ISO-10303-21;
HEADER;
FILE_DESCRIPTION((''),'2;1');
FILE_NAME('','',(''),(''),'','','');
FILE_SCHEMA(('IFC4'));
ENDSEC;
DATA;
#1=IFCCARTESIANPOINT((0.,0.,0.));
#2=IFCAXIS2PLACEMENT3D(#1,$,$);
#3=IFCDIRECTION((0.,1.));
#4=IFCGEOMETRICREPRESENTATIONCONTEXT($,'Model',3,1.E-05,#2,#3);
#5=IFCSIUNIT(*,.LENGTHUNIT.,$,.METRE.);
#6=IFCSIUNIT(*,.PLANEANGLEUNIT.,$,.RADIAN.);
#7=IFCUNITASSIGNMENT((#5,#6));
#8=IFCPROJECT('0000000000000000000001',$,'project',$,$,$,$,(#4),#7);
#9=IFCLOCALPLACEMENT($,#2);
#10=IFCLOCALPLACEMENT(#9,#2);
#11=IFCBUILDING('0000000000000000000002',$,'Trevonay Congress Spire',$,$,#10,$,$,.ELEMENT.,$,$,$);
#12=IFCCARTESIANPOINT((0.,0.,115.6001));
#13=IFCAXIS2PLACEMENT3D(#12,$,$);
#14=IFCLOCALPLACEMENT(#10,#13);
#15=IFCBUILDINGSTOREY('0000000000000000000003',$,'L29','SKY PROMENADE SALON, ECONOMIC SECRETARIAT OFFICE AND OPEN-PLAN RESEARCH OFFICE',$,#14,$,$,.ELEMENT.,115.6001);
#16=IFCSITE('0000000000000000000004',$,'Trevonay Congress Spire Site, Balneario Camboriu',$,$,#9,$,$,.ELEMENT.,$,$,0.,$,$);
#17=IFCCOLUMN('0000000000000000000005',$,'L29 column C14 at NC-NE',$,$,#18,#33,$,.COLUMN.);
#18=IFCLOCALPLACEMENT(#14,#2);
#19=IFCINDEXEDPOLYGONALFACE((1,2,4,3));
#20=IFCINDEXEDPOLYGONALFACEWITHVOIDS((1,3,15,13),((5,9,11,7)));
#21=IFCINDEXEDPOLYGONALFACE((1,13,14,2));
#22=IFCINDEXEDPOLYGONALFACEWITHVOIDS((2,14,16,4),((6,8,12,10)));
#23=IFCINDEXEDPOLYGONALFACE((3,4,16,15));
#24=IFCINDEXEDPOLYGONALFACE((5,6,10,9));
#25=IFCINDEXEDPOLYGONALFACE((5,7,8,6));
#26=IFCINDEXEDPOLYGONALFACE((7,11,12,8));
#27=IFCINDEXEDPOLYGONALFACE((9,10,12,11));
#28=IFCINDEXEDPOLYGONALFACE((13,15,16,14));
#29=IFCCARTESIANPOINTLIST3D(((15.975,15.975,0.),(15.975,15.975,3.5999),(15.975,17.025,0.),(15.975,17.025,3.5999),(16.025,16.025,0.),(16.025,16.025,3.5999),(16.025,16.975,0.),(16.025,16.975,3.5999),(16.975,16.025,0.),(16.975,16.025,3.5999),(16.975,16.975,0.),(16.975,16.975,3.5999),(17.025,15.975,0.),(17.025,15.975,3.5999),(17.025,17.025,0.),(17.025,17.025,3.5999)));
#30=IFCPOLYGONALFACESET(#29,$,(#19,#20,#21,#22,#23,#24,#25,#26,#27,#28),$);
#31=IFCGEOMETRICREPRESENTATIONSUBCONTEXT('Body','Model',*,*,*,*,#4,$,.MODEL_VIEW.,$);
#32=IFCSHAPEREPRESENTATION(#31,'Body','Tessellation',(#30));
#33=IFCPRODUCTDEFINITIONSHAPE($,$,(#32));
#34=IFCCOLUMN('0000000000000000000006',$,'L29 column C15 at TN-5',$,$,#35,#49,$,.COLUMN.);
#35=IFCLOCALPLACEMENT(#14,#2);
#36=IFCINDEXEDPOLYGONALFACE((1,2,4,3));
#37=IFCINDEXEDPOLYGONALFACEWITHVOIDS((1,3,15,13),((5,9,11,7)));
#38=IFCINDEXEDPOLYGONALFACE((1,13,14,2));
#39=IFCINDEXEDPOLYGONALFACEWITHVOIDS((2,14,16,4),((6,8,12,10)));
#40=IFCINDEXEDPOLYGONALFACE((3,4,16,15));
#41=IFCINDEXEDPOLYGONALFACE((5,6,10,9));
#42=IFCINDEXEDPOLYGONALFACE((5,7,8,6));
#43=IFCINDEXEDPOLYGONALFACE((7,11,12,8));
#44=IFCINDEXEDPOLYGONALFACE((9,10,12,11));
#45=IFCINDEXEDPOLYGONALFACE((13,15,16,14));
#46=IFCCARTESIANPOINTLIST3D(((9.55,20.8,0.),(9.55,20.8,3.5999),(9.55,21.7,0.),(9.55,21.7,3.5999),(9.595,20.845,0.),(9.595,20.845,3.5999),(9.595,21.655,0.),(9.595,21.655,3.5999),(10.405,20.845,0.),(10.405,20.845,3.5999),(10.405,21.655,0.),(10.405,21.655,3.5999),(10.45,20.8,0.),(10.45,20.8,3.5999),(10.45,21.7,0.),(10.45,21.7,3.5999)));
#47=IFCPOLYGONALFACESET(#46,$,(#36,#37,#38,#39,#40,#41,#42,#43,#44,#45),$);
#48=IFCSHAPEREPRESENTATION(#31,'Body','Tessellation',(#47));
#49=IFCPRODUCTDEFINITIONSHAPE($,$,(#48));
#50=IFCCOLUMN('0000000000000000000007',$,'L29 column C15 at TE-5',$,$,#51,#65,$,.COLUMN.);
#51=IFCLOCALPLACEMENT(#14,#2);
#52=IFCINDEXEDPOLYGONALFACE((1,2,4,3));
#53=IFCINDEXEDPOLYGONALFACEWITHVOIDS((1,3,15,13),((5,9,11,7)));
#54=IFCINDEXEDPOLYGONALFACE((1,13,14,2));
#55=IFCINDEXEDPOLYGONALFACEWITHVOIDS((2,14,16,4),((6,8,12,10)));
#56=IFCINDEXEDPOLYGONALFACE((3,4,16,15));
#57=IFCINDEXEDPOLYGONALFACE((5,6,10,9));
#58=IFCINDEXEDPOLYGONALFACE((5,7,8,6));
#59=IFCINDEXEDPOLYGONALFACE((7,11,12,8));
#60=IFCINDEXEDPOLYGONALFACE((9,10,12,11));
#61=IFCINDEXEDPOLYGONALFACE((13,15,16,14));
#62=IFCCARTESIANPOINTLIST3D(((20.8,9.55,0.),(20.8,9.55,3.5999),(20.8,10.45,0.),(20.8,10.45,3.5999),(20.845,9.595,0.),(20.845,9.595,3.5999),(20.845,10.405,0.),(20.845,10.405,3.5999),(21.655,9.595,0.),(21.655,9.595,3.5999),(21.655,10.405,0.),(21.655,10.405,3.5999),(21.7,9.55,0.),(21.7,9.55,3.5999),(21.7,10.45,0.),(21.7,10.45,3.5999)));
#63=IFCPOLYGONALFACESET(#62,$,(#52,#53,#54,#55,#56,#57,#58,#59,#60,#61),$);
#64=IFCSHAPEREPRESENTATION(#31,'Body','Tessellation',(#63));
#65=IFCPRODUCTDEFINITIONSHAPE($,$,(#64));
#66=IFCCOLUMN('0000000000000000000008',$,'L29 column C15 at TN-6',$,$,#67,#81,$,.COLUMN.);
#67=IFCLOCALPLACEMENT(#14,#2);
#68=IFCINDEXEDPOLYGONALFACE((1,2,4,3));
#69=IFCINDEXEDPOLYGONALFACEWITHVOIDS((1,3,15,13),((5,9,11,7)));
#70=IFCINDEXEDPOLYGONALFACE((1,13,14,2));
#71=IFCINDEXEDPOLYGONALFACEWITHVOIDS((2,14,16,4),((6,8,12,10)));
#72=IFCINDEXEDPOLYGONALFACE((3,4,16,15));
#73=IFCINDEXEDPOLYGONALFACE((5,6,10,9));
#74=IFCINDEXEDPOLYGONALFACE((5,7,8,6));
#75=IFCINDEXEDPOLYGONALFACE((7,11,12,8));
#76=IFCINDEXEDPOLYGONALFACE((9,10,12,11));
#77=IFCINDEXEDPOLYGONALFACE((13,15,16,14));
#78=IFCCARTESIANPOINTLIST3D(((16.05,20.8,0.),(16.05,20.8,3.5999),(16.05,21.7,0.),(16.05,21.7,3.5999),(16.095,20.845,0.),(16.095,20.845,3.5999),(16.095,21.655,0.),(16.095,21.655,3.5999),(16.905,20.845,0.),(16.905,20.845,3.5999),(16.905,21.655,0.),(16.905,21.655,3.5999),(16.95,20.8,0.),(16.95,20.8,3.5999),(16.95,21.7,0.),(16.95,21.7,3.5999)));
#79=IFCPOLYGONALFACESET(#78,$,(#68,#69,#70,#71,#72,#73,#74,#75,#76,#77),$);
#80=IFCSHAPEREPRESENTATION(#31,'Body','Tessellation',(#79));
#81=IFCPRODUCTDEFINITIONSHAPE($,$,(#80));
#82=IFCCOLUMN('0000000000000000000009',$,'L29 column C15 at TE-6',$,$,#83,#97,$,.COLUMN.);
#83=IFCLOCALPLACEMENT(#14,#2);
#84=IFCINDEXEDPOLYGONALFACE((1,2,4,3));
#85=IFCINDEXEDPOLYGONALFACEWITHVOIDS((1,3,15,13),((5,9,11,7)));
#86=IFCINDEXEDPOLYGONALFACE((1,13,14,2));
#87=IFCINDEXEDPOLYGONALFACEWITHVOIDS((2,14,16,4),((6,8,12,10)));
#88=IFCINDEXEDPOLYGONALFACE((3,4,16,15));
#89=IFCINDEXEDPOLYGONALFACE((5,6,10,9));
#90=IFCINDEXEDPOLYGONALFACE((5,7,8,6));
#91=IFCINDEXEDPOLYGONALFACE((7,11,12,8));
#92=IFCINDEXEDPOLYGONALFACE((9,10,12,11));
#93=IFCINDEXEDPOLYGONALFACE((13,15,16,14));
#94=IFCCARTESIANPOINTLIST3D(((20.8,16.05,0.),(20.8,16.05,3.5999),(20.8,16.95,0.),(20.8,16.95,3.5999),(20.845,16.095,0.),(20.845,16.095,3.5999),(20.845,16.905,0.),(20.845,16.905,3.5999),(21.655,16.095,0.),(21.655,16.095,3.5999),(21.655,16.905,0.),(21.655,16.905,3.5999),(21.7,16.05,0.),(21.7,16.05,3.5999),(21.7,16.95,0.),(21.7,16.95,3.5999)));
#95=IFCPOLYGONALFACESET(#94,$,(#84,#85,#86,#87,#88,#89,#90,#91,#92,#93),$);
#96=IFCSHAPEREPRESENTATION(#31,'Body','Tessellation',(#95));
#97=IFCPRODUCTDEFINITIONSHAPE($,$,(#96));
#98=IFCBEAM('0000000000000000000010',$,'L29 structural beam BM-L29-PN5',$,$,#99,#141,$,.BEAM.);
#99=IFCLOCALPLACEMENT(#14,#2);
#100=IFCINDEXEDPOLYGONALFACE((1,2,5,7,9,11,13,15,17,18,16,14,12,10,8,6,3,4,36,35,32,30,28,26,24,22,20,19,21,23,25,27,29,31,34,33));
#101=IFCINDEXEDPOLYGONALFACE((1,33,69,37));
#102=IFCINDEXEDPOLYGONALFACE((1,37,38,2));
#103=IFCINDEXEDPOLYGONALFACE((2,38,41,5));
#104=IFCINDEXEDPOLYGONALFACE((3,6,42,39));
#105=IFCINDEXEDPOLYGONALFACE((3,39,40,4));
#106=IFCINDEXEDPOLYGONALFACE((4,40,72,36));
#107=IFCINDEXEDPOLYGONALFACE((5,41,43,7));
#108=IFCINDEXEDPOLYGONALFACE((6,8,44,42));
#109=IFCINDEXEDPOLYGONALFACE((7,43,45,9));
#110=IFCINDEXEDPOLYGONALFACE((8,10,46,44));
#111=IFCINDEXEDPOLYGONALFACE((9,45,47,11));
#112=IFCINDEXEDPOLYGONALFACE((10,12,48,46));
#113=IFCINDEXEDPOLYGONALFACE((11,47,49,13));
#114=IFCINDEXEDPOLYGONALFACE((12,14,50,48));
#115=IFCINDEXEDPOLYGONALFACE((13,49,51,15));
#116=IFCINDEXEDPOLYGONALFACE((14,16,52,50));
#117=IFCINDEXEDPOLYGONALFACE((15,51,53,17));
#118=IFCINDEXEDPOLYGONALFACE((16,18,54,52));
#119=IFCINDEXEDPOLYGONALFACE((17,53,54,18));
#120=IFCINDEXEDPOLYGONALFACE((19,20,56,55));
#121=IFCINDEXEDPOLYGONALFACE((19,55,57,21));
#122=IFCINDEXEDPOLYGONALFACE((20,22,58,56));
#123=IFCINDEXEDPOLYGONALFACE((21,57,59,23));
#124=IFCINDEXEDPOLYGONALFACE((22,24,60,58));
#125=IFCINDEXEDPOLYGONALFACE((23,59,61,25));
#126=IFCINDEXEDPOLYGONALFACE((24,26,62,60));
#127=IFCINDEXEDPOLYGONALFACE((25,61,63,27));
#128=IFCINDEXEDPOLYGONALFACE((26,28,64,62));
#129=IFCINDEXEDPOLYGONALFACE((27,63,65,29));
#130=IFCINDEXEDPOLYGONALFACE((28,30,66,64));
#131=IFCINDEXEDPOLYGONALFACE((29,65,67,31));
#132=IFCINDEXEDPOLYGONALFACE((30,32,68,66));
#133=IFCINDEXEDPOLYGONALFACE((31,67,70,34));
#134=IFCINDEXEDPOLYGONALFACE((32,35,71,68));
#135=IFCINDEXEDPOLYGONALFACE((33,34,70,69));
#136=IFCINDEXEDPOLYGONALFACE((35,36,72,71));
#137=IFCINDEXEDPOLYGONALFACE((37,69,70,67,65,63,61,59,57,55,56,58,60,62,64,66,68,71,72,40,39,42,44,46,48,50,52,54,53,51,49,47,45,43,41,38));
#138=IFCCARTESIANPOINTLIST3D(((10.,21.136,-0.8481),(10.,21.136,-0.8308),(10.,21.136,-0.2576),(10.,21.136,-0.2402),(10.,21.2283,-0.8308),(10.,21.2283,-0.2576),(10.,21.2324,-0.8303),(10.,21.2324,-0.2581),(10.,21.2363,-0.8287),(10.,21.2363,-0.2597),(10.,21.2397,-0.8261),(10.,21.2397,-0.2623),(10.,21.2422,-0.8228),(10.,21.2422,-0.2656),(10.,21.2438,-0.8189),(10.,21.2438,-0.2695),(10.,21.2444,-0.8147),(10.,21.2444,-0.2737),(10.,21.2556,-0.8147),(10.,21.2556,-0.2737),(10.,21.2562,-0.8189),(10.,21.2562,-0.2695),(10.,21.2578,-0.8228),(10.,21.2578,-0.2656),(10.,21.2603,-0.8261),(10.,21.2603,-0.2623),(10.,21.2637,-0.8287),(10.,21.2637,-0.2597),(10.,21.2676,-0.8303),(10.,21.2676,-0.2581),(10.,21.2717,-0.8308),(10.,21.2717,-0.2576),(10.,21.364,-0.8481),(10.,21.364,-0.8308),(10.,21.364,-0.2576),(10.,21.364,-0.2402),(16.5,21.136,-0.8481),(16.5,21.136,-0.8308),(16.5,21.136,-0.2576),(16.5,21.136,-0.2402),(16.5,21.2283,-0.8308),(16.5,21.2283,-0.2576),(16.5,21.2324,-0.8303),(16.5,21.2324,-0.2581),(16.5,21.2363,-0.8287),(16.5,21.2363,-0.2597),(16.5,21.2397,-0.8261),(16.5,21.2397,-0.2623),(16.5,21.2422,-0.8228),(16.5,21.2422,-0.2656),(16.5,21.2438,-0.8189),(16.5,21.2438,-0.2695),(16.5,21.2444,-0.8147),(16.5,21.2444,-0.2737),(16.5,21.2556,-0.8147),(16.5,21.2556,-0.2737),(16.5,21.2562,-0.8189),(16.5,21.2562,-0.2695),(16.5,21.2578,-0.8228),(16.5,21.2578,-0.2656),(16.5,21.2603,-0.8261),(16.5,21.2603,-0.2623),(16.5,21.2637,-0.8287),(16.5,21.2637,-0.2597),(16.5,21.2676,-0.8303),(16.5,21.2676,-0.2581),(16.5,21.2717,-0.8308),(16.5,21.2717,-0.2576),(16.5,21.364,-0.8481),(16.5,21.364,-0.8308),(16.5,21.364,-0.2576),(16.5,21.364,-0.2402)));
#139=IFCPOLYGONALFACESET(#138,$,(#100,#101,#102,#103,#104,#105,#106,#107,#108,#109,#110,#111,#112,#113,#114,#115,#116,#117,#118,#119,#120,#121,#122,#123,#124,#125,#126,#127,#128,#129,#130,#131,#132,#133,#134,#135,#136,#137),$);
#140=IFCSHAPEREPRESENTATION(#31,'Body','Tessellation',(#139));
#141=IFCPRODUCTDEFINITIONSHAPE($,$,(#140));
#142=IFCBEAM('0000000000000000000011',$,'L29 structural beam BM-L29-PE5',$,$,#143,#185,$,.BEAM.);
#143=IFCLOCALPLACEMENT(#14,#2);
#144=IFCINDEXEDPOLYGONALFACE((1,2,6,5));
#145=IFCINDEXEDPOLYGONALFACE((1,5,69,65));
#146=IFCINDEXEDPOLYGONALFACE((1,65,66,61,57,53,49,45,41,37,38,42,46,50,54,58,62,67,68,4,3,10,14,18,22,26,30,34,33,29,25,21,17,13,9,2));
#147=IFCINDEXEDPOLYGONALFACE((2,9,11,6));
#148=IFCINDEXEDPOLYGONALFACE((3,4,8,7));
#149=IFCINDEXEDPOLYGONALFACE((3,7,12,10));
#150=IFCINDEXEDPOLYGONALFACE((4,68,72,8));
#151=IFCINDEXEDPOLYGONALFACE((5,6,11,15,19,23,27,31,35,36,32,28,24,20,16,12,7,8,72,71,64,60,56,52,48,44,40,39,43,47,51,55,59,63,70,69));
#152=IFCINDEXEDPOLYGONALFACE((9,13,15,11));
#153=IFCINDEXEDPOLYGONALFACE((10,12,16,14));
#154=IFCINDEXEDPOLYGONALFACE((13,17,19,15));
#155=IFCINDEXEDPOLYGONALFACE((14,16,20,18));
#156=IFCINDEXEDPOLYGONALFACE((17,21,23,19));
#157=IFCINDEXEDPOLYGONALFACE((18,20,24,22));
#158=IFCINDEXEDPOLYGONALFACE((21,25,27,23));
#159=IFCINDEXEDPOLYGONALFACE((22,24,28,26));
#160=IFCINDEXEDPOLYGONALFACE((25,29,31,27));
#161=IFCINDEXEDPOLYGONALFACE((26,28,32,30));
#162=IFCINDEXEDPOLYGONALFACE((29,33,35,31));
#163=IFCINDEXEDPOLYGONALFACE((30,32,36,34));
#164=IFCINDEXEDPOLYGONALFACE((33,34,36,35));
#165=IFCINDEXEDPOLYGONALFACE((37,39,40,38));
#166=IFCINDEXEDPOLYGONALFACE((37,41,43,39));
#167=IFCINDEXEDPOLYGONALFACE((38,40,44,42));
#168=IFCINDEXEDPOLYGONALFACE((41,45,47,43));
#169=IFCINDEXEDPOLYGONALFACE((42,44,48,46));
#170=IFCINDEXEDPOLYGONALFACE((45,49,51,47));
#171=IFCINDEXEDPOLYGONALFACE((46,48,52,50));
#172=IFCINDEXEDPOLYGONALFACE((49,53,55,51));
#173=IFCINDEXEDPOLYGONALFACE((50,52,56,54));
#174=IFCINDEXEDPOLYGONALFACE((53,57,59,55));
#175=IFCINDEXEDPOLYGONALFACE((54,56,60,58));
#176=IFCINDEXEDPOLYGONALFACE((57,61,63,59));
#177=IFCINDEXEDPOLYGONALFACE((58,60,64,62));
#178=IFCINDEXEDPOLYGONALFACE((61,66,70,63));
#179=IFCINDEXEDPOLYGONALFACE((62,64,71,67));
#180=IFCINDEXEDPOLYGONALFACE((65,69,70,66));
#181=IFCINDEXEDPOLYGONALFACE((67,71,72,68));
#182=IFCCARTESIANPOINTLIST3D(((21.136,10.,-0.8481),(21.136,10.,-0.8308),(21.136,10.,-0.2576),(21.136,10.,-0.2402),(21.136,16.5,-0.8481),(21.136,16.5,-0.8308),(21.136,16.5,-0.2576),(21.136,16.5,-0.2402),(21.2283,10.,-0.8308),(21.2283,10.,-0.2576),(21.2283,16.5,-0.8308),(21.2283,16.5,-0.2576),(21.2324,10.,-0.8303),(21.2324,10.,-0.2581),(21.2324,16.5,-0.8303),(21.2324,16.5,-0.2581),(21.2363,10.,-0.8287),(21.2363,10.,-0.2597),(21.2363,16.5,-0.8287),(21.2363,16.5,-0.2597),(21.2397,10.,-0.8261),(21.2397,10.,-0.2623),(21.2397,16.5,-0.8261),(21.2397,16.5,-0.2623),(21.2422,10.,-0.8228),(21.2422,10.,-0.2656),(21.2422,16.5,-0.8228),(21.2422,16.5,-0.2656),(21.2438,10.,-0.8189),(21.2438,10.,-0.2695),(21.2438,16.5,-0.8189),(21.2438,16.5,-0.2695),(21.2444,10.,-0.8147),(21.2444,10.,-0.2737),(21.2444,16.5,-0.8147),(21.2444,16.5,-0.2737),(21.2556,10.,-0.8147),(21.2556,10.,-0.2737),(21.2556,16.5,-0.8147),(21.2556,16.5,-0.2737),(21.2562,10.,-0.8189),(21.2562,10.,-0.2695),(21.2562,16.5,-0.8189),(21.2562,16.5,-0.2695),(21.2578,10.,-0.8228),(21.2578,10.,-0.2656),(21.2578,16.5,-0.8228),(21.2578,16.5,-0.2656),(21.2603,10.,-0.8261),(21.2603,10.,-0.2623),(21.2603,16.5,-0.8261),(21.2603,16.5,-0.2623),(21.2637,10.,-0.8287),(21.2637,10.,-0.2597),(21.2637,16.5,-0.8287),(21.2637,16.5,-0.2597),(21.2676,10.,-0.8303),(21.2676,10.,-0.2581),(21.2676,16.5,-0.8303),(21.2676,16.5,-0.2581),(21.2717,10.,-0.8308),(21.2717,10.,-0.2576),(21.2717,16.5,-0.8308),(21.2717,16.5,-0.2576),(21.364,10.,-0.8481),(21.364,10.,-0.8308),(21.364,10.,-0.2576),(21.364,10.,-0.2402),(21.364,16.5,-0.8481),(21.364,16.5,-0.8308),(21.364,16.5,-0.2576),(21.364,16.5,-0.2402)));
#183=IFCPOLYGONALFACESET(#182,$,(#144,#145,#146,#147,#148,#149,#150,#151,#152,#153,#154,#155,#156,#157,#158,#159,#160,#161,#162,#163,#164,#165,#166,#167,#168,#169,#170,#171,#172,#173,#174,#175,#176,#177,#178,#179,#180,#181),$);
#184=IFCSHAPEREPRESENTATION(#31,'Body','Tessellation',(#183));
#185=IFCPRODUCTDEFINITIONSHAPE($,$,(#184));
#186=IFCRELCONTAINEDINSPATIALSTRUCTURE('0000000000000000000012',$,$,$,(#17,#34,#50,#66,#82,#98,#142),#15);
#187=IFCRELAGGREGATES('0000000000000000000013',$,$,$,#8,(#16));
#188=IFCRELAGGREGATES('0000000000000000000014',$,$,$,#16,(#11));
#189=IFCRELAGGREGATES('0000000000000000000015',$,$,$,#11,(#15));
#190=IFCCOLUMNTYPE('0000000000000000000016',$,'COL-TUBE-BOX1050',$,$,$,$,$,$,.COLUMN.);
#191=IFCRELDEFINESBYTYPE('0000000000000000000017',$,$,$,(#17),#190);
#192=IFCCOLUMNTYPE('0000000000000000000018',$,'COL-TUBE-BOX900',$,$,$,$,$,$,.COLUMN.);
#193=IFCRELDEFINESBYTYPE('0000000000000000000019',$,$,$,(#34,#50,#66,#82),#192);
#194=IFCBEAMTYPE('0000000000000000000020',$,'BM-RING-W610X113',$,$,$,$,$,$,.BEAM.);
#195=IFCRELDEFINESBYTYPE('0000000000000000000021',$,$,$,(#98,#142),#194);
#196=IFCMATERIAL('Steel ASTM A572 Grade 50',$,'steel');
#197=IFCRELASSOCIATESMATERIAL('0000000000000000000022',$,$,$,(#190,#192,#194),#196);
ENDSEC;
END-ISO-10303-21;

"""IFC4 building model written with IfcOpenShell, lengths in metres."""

from ifc_helpers import new_model, si_unit, direction, frame, origin, origin_2d, place, context, subcontext, project, spatial, hollow_rectangle, i_section, extrude, material, material_profile, profile_set, type_object, element, save


model = new_model("IFC4")

# Units and contexts
model_context = context("Model", 3, precision=1e-05, world=origin(), true_north=direction((0.0, 1.0)))
body_context = subcontext(model_context, "Body", "Model", "MODEL_VIEW")
ifc_project = project(units=[si_unit("LENGTHUNIT", "METRE"), si_unit("PLANEANGLEUNIT", "RADIAN")], contexts=[model_context])

# Site, building, storey
site_placement = place(None, origin())
site = spatial("IfcSite", under=ifc_project, at=site_placement, Name="Trevonay Congress Spire Site, Balneario Camboriu", CompositionType="ELEMENT", RefElevation=0.0)
building_placement = place(site_placement, origin())
building = spatial("IfcBuilding", under=site, at=building_placement, Name="Trevonay Congress Spire", CompositionType="ELEMENT")
storey_placement = place(building_placement, frame((0.0, 0.0, 115.6001)))
storey = spatial("IfcBuildingStorey", under=building, at=storey_placement, Name="L29", Description="SKY PROMENADE SALON, ECONOMIC SECRETARIAT OFFICE AND OPEN-PLAN RESEARCH OFFICE", CompositionType="ELEMENT", Elevation=115.6001)

# Columns
ifc_material_1 = material(Name="Steel ASTM A572 Grade 50", Category="steel")
ifc_material_profile_1 = material_profile(ifc_material_1, hollow_rectangle(XDim=1.05, YDim=1.05, WallThickness=0.05, at=origin_2d()), Name="BOX 1050x1050x50")
ifc_profile_set_1 = profile_set([ifc_material_profile_1], Name="Steel ASTM A572 Grade 50")
column_type_1 = type_object("IfcColumnType", Name="COL-TUBE-BOX1050", PredefinedType="COLUMN", material=ifc_profile_set_1)
column_placement = place(storey_placement, frame((16.5, 16.5, 0.0), z_axis=(0.0, 0.0, 1.0), x_axis=(1.0, 0.0, 0.0)))
element("IfcColumn", 1, at=column_placement, inside=storey, type_object=column_type_1, Name="L29 column C14 at NC-NE", PredefinedType="COLUMN", context=body_context, shape_type="SweptSolid", body=[
    extrude(hollow_rectangle(XDim=1.05, YDim=1.05, WallThickness=0.05, at=origin_2d()), origin(), (0.0, 0.0, 1.0), 3.5999),
])
ifc_material_profile_2 = material_profile(ifc_material_1, hollow_rectangle(XDim=0.8999, YDim=0.8999, WallThickness=0.0449, at=origin_2d()), Name="BOX 900x900x45")
ifc_profile_set_2 = profile_set([ifc_material_profile_2], Name="Steel ASTM A572 Grade 50")
column_type_2 = type_object("IfcColumnType", Name="COL-TUBE-BOX900", PredefinedType="COLUMN", material=ifc_profile_set_2)
for number, where, z_axis, x_axis, name in (
    (2, (10.0, 21.25, 0.0), (0.0, 0.0, 1.0), (1.0, 0.0, 0.0), "L29 column C15 at TN-5"),
    (3, (21.25, 10.0, 0.0), (0.0, 0.0, 1.0), (1.0, 0.0, 0.0), "L29 column C15 at TE-5"),
    (4, (16.5, 21.25, 0.0), (0.0, 0.0, 1.0), (1.0, 0.0, 0.0), "L29 column C15 at TN-6"),
    (5, (21.25, 16.5, 0.0), (0.0, 0.0, 1.0), (1.0, 0.0, 0.0), "L29 column C15 at TE-6"),
):
    element("IfcColumn", number, at=place(storey_placement, frame(where, z_axis=z_axis, x_axis=x_axis)), inside=storey, type_object=column_type_2, Name=name, PredefinedType="COLUMN", context=body_context, shape_type="SweptSolid", body=[
        extrude(hollow_rectangle(XDim=0.8999, YDim=0.8999, WallThickness=0.0449, at=origin_2d()), origin(), (0.0, 0.0, 1.0), 3.5999),
    ])

# Beams
ifc_material_profile_3 = material_profile(ifc_material_1, i_section(OverallWidth=0.228, OverallDepth=0.6079, WebThickness=0.0112, FlangeThickness=0.0173, FilletRadius=0.0161, at=origin_2d()), Name="W610x113")
ifc_profile_set_3 = profile_set([ifc_material_profile_3], Name="Steel ASTM A572 Grade 50")
beam_type = type_object("IfcBeamType", Name="BM-RING-W610X113", PredefinedType="BEAM", material=ifc_profile_set_3)
for number, where, z_axis, x_axis, name in (
    (6, (10.0, 21.25, -0.5442), (1.0, 0.0, 0.0), (0.0, 1.0, 0.0), "L29 structural beam BM-L29-PN5"),
    (7, (21.25, 10.0, -0.5442), (0.0, 1.0, 0.0), (-1.0, 0.0, 0.0), "L29 structural beam BM-L29-PE5"),
):
    element("IfcBeam", number, at=place(storey_placement, frame(where, z_axis=z_axis, x_axis=x_axis)), inside=storey, type_object=beam_type, Name=name, PredefinedType="BEAM", context=body_context, shape_type="SweptSolid", body=[
        extrude(i_section(OverallWidth=0.228, OverallDepth=0.6079, WebThickness=0.0112, FlangeThickness=0.0173, FilletRadius=0.0161, at=origin_2d()), origin(), (0.0, 0.0, 1.0), 6.5),
    ])

save(model, "model.ifc")
